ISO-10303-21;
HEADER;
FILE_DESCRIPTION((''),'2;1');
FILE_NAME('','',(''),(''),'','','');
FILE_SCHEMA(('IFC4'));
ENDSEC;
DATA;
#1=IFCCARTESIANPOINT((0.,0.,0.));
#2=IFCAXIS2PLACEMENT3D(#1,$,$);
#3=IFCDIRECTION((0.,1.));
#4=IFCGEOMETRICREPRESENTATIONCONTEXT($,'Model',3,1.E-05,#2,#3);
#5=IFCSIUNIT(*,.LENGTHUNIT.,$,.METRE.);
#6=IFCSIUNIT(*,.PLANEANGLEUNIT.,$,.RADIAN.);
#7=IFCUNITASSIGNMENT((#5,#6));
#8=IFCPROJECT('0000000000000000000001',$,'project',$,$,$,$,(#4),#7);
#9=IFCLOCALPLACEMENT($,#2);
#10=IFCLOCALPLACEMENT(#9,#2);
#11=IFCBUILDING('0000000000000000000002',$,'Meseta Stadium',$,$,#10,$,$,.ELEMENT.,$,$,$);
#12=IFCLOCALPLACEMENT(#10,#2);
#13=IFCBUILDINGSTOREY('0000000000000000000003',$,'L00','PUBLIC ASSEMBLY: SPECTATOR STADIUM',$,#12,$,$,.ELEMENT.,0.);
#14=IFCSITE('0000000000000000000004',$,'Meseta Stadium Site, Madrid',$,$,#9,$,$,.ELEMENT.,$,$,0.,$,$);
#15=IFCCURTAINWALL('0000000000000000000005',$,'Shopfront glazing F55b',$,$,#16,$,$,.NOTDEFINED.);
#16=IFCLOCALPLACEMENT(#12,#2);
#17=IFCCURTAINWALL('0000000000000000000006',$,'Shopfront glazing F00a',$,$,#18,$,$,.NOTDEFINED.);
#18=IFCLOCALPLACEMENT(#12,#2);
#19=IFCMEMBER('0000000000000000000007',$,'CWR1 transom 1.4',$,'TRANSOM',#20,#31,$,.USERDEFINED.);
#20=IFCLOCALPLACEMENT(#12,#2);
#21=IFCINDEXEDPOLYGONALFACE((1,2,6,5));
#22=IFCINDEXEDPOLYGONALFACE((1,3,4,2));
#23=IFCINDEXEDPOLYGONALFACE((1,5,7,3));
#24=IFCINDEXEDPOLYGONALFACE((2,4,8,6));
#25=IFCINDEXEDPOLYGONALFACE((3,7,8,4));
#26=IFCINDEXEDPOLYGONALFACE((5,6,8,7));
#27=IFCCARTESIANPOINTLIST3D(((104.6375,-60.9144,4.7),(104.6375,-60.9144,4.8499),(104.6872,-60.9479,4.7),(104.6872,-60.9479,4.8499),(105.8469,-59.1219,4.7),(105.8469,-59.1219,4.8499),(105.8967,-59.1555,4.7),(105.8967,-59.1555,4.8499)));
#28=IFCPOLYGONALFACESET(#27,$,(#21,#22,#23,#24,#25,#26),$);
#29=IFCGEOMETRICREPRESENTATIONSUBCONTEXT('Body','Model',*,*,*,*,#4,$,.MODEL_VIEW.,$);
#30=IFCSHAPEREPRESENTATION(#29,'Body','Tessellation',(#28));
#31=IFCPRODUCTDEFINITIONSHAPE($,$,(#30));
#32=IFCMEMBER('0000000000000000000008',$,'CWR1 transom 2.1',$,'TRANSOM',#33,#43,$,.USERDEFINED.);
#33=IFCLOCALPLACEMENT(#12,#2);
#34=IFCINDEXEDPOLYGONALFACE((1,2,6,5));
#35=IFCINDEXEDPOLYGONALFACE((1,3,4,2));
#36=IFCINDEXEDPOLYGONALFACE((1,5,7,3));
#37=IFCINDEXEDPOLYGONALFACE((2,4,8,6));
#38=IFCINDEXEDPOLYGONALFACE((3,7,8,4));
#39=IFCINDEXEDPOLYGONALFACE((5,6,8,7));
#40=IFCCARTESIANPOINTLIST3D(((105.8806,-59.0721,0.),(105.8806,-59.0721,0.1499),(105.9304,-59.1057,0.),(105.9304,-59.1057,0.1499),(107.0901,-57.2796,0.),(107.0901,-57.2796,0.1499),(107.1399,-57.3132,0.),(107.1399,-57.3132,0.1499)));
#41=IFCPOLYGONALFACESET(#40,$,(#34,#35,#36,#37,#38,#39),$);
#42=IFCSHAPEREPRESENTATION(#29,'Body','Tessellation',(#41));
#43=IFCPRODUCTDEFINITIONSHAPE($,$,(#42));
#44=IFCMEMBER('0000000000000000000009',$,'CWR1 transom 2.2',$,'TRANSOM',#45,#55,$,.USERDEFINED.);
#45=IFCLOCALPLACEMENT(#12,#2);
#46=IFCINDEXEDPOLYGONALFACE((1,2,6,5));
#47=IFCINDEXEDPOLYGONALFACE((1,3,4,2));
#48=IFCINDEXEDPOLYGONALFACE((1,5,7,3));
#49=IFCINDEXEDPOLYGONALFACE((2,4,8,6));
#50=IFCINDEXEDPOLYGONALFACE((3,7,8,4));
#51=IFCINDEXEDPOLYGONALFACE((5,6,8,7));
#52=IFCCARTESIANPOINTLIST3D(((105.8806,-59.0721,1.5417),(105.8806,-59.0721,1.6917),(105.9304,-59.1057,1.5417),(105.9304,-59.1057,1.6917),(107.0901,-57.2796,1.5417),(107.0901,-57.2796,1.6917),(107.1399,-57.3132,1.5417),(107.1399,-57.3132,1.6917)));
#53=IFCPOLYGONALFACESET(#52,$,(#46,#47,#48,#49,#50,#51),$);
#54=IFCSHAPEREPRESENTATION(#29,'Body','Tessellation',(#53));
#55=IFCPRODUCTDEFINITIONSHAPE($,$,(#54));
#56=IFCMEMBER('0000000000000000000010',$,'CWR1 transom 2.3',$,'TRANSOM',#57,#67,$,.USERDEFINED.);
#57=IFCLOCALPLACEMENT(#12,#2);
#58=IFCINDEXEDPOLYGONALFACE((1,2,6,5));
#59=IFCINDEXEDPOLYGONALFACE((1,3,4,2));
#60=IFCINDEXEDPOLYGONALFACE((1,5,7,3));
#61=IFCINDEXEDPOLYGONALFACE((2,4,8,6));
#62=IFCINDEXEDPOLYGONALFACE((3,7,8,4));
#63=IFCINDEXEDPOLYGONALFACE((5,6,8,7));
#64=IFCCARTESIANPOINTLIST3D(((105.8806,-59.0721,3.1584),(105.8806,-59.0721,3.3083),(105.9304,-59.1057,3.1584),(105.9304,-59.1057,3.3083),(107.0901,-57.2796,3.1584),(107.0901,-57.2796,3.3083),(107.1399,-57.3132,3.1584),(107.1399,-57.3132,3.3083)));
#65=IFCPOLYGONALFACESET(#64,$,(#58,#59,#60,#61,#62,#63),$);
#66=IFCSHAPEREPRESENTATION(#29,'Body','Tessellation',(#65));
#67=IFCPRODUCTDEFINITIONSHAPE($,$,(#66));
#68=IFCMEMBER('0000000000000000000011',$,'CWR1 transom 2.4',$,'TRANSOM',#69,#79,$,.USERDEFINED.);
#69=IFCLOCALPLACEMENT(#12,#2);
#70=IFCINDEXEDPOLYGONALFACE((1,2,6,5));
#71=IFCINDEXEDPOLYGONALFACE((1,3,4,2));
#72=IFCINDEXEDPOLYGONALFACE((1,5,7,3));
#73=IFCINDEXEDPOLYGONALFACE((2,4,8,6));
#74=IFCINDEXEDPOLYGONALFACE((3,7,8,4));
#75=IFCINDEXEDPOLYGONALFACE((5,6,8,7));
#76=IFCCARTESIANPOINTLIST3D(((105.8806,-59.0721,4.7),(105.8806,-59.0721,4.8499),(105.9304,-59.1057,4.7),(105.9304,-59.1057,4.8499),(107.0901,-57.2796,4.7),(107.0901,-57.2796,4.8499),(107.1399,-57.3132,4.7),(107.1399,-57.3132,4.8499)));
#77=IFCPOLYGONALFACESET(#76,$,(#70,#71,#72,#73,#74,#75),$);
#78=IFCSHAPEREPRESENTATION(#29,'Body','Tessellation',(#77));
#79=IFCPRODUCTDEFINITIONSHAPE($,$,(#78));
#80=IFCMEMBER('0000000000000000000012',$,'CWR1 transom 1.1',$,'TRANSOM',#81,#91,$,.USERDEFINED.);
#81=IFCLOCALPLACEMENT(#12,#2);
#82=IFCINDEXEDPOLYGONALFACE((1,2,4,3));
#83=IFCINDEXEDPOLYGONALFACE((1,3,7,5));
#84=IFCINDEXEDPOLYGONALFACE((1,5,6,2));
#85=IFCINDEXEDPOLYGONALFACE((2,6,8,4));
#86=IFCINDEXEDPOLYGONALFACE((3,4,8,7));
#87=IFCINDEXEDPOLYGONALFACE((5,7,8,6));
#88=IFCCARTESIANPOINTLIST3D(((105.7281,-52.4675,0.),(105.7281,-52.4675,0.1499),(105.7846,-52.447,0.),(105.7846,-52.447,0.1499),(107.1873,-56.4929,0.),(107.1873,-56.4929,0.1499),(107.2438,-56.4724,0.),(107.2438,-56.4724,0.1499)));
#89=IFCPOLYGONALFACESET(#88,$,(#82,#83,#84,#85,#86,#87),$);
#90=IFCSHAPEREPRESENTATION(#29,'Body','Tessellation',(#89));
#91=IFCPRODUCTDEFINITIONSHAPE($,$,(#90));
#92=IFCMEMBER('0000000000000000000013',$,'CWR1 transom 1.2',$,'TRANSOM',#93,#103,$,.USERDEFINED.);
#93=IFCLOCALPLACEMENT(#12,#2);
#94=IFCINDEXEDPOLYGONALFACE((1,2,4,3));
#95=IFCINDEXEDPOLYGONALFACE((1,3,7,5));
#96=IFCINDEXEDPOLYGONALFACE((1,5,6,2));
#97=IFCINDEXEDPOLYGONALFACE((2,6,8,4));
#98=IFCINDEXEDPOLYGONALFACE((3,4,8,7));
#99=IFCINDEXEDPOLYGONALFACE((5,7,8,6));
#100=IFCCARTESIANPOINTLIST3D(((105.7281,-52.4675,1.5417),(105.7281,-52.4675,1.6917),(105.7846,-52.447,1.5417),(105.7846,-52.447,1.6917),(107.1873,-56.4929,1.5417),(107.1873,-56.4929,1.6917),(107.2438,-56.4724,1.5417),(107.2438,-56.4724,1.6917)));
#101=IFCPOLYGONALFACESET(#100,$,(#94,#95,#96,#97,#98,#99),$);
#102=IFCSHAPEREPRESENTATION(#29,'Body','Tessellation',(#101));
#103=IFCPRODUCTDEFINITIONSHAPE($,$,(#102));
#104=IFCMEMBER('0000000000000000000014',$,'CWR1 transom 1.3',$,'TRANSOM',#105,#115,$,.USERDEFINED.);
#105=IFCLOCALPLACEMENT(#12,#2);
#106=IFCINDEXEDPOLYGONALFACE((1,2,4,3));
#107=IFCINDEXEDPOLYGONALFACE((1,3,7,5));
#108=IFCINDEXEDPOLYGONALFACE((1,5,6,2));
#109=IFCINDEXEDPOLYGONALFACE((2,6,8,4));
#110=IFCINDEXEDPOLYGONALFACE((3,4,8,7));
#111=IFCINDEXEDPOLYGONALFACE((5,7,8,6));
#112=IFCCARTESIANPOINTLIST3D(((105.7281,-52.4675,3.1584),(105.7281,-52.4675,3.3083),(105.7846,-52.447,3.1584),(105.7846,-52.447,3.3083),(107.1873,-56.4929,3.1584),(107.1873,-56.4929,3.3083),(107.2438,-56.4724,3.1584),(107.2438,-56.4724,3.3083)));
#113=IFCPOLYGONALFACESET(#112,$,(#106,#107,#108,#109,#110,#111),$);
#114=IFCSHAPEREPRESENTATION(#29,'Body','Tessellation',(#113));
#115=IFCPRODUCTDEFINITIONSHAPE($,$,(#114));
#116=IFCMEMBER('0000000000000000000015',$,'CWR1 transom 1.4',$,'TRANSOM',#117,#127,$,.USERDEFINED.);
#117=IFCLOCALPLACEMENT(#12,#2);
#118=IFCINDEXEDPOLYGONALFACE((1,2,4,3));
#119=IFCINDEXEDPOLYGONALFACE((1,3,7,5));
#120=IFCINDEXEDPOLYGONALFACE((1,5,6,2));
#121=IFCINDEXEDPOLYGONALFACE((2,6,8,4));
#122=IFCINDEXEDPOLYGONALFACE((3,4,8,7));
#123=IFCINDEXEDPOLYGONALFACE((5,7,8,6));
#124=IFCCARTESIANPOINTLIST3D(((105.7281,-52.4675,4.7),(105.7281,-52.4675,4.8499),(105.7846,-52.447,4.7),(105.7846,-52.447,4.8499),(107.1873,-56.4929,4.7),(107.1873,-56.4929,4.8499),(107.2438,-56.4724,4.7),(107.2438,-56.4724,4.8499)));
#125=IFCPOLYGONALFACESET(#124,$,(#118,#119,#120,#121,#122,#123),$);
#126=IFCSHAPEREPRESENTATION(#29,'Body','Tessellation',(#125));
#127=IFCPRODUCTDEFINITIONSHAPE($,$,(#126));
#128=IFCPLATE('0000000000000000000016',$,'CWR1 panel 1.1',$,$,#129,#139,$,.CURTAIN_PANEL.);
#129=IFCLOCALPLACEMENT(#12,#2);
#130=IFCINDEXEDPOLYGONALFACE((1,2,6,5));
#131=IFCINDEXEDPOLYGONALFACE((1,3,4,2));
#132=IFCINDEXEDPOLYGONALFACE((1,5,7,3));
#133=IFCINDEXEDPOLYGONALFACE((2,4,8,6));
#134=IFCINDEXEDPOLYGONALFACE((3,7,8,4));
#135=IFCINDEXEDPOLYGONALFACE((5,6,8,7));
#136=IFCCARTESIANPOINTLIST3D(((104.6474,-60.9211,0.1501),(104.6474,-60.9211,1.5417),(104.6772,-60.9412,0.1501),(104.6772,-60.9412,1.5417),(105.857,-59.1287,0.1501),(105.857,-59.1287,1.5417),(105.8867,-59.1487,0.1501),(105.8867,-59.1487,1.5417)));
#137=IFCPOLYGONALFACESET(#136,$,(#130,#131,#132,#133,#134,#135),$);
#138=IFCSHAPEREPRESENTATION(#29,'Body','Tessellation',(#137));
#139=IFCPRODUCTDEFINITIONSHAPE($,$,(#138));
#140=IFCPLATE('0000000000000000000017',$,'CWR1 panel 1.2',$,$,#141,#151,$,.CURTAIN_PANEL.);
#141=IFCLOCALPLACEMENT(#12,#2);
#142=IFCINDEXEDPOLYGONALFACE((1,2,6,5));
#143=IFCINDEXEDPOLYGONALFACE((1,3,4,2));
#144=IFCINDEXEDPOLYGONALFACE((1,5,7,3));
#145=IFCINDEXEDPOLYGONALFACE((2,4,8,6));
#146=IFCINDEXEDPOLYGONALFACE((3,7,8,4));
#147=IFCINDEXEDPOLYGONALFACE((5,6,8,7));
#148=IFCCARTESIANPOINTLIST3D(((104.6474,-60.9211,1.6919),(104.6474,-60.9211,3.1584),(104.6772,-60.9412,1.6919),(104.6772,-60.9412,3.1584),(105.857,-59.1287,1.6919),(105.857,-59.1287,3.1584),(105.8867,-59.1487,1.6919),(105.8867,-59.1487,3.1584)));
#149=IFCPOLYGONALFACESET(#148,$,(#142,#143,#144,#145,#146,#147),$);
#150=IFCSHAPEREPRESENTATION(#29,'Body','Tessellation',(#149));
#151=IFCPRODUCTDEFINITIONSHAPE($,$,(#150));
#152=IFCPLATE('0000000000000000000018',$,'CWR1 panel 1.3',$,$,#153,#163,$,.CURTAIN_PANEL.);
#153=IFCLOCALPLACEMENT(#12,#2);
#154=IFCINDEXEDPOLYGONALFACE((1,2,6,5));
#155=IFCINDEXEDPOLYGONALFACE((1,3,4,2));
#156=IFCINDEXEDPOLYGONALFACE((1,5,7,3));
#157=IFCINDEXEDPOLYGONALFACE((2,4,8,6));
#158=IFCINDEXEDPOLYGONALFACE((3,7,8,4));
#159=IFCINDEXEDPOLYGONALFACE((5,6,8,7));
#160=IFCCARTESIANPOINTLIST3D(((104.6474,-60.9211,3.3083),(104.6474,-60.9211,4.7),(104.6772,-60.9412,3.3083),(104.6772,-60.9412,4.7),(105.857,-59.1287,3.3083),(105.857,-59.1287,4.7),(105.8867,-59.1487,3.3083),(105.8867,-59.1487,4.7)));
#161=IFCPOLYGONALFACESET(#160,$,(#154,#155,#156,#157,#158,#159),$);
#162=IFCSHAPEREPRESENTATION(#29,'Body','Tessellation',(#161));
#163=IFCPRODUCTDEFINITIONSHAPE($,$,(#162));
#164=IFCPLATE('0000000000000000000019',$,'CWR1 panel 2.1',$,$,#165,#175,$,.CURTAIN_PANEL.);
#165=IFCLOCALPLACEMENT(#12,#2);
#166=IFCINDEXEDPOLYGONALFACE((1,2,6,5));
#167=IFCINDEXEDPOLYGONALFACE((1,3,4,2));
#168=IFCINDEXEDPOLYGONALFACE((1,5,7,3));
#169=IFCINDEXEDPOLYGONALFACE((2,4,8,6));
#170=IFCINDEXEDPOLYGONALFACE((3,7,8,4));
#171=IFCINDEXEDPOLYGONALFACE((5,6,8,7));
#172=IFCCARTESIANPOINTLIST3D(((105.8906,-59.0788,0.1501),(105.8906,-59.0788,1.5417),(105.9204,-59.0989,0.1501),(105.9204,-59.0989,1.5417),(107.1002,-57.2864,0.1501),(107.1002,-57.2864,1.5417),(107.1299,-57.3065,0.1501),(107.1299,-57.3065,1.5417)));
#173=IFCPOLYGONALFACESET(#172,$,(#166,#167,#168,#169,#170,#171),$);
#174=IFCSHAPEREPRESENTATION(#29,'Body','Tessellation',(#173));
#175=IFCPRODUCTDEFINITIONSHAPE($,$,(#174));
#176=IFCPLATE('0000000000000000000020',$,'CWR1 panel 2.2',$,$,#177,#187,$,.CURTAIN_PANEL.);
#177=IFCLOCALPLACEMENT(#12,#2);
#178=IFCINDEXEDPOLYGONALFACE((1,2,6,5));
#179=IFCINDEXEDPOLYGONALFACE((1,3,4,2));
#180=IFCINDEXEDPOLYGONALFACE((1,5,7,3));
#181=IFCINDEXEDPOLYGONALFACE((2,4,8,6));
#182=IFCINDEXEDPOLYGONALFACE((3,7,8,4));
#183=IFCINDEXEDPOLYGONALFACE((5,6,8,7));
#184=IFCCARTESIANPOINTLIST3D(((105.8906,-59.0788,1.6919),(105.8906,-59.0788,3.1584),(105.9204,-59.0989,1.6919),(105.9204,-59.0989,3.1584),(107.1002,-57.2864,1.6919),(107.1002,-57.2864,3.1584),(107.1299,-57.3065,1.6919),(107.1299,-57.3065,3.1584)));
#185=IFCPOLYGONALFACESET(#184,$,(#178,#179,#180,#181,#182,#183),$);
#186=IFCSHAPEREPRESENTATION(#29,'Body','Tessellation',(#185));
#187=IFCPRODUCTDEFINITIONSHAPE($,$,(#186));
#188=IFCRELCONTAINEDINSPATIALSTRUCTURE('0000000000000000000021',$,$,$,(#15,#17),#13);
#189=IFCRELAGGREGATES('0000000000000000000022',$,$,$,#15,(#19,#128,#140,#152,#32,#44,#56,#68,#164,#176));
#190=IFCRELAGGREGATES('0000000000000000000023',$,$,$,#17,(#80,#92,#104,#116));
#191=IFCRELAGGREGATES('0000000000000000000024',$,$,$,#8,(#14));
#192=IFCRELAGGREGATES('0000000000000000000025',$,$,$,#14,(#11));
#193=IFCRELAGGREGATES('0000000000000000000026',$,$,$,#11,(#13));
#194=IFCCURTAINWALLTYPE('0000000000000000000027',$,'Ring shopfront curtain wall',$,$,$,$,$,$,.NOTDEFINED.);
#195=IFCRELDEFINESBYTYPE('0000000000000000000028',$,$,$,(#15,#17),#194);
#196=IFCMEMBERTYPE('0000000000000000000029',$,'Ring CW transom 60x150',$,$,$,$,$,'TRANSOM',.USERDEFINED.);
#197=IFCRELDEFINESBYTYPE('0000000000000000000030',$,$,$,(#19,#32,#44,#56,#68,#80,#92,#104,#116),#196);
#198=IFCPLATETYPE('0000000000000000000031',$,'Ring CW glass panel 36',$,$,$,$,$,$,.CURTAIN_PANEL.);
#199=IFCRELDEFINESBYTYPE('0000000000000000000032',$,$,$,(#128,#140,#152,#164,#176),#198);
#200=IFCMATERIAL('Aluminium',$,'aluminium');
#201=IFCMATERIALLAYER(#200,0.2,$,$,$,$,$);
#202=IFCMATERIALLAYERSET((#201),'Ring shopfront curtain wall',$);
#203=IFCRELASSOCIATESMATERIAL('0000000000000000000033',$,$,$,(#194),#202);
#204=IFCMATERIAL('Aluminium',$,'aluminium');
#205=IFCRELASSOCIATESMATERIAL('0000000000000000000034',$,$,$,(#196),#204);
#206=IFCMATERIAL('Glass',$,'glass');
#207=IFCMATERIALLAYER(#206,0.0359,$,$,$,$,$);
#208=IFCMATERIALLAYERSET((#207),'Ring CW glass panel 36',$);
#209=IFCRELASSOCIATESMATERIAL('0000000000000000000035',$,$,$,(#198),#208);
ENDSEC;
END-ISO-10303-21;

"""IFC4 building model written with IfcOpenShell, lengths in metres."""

from ifc_helpers import new_model, si_unit, direction, frame, origin, origin_2d, place, context, subcontext, project, spatial, rectangle, extrude, material, layer, layer_set, material_profile, profile_set, type_object, element, aggregate, save


model = new_model("IFC4")

# Units and contexts
model_context = context("Model", 3, precision=1e-05, world=origin(), true_north=direction((0.0, 1.0)))
body_context = subcontext(model_context, "Body", "Model", "MODEL_VIEW")
ifc_project = project(units=[si_unit("LENGTHUNIT", "METRE"), si_unit("PLANEANGLEUNIT", "RADIAN")], contexts=[model_context])

# Site, building, storey
site_placement = place(None, origin())
site = spatial("IfcSite", under=ifc_project, at=site_placement, Name="Meseta Stadium Site, Madrid", CompositionType="ELEMENT", RefElevation=0.0)
building_placement = place(site_placement, origin())
building = spatial("IfcBuilding", under=site, at=building_placement, Name="Meseta Stadium", CompositionType="ELEMENT")
storey_placement = place(building_placement, origin())
storey = spatial("IfcBuildingStorey", under=building, at=storey_placement, Name="L00", Description="PUBLIC ASSEMBLY: SPECTATOR STADIUM", CompositionType="ELEMENT", Elevation=0.0)

# Curtain walls
ifc_material_1 = material(Name="Aluminium", Category="aluminium")
ifc_layer_1 = layer(ifc_material_1, 0.2)
ifc_layer_set_1 = layer_set([ifc_layer_1], Name="Ring shopfront curtain wall")
curtain_wall_type = type_object("IfcCurtainWallType", Name="Ring shopfront curtain wall", PredefinedType="NOTDEFINED", material=ifc_layer_set_1)
curtain_wall_1_placement = place(storey_placement, origin())
curtain_wall_1 = element("IfcCurtainWall", 1, at=curtain_wall_1_placement, inside=storey, type_object=curtain_wall_type, Name="Shopfront glazing F55b", PredefinedType="NOTDEFINED")
curtain_wall_2_placement = place(storey_placement, origin())
curtain_wall_2 = element("IfcCurtainWall", 2, at=curtain_wall_2_placement, inside=storey, type_object=curtain_wall_type, Name="Shopfront glazing F00a", PredefinedType="NOTDEFINED")

# Members
ifc_material_2 = material(Name="Aluminium", Category="aluminium")
ifc_material_profile_1 = material_profile(ifc_material_2, rectangle(XDim=0.0601, YDim=0.1499, at=origin_2d()), Name="CW 60x150")
ifc_profile_set_1 = profile_set([ifc_material_profile_1], Name="Aluminium")
member_type_1 = type_object("IfcMemberType", Name="Ring CW transom 60x150", ElementType="TRANSOM", PredefinedType="USERDEFINED", material=ifc_profile_set_1)
member_1_placement = place(storey_placement, frame((104.6624, -60.9312, 4.7749), z_axis=(0.559329, 0.828946, 0.0), x_axis=(-0.828946, 0.559329, 0.0)))
member_1 = element("IfcMember", 3, at=member_1_placement, type_object=member_type_1, Name="CWR1 transom 1.4", ObjectType="TRANSOM", PredefinedType="USERDEFINED", context=body_context, shape_type="SweptSolid", body=[
    extrude(rectangle(XDim=0.0601, YDim=0.1499, at=origin_2d()), origin(), (0.0, 0.0, 1.0), 2.1624),
])
member_2_placement = place(storey_placement, frame((105.9055, -59.0889, 0.075), z_axis=(0.559329, 0.828946, 0.0), x_axis=(-0.828946, 0.559329, 0.0)))
member_2 = element("IfcMember", 4, at=member_2_placement, type_object=member_type_1, Name="CWR1 transom 2.1", ObjectType="TRANSOM", PredefinedType="USERDEFINED", context=body_context, shape_type="SweptSolid", body=[
    extrude(rectangle(XDim=0.0601, YDim=0.1499, at=origin_2d()), origin(), (0.0, 0.0, 1.0), 2.1624),
])
member_3_placement = place(storey_placement, frame((105.9055, -59.0889, 1.6167), z_axis=(0.559329, 0.828946, 0.0), x_axis=(-0.828946, 0.559329, 0.0)))
member_3 = element("IfcMember", 5, at=member_3_placement, type_object=member_type_1, Name="CWR1 transom 2.2", ObjectType="TRANSOM", PredefinedType="USERDEFINED", context=body_context, shape_type="SweptSolid", body=[
    extrude(rectangle(XDim=0.0601, YDim=0.1499, at=origin_2d()), origin(), (0.0, 0.0, 1.0), 2.1624),
])
member_4_placement = place(storey_placement, frame((105.9055, -59.0889, 3.2334), z_axis=(0.559329, 0.828946, 0.0), x_axis=(-0.828946, 0.559329, 0.0)))
member_4 = element("IfcMember", 6, at=member_4_placement, type_object=member_type_1, Name="CWR1 transom 2.3", ObjectType="TRANSOM", PredefinedType="USERDEFINED", context=body_context, shape_type="SweptSolid", body=[
    extrude(rectangle(XDim=0.0601, YDim=0.1499, at=origin_2d()), origin(), (0.0, 0.0, 1.0), 2.1624),
])
member_5_placement = place(storey_placement, frame((105.9055, -59.0889, 4.7749), z_axis=(0.559329, 0.828946, 0.0), x_axis=(-0.828946, 0.559329, 0.0)))
member_5 = element("IfcMember", 7, at=member_5_placement, type_object=member_type_1, Name="CWR1 transom 2.4", ObjectType="TRANSOM", PredefinedType="USERDEFINED", context=body_context, shape_type="SweptSolid", body=[
    extrude(rectangle(XDim=0.0601, YDim=0.1499, at=origin_2d()), origin(), (0.0, 0.0, 1.0), 2.1624),
])
member_6_placement = place(storey_placement, frame((107.2156, -56.4827, 0.075), z_axis=(-0.340804, 0.940134, 0.0), x_axis=(-0.940134, -0.340804, 0.0)))
member_6 = element("IfcMember", 8, at=member_6_placement, type_object=member_type_1, Name="CWR1 transom 1.1", ObjectType="TRANSOM", PredefinedType="USERDEFINED", context=body_context, shape_type="SweptSolid", body=[
    extrude(rectangle(XDim=0.0601, YDim=0.1499, at=origin_2d()), origin(), (0.0, 0.0, 1.0), 4.2817),
])
member_7_placement = place(storey_placement, frame((107.2156, -56.4827, 1.6167), z_axis=(-0.340804, 0.940134, 0.0), x_axis=(-0.940134, -0.340804, 0.0)))
member_7 = element("IfcMember", 9, at=member_7_placement, type_object=member_type_1, Name="CWR1 transom 1.2", ObjectType="TRANSOM", PredefinedType="USERDEFINED", context=body_context, shape_type="SweptSolid", body=[
    extrude(rectangle(XDim=0.0601, YDim=0.1499, at=origin_2d()), origin(), (0.0, 0.0, 1.0), 4.2817),
])
member_8_placement = place(storey_placement, frame((107.2156, -56.4827, 3.2334), z_axis=(-0.340804, 0.940134, 0.0), x_axis=(-0.940134, -0.340804, 0.0)))
member_8 = element("IfcMember", 10, at=member_8_placement, type_object=member_type_1, Name="CWR1 transom 1.3", ObjectType="TRANSOM", PredefinedType="USERDEFINED", context=body_context, shape_type="SweptSolid", body=[
    extrude(rectangle(XDim=0.0601, YDim=0.1499, at=origin_2d()), origin(), (0.0, 0.0, 1.0), 4.2817),
])
member_9_placement = place(storey_placement, frame((107.2156, -56.4827, 4.7749), z_axis=(-0.340804, 0.940134, 0.0), x_axis=(-0.940134, -0.340804, 0.0)))
member_9 = element("IfcMember", 11, at=member_9_placement, type_object=member_type_1, Name="CWR1 transom 1.4", ObjectType="TRANSOM", PredefinedType="USERDEFINED", context=body_context, shape_type="SweptSolid", body=[
    extrude(rectangle(XDim=0.0601, YDim=0.1499, at=origin_2d()), origin(), (0.0, 0.0, 1.0), 4.2817),
])

# Plates
ifc_material_3 = material(Name="Glass", Category="glass")
ifc_layer_2 = layer(ifc_material_3, 0.0359)
ifc_layer_set_2 = layer_set([ifc_layer_2], Name="Ring CW glass panel 36")
plate_type = type_object("IfcPlateType", Name="Ring CW glass panel 36", PredefinedType="CURTAIN_PANEL", material=ifc_layer_set_2)
plate_1_placement = place(storey_placement, frame((105.2671, -60.0349, 0.1501), z_axis=(0.0, 0.0, 1.0), x_axis=(0.559368, 0.828919, 0.0)))
plate_1 = element("IfcPlate", 12, at=plate_1_placement, type_object=plate_type, Name="CWR1 panel 1.1", PredefinedType="CURTAIN_PANEL", context=body_context, shape_type="SweptSolid", body=[
    extrude(rectangle(XDim=2.1624, YDim=0.0359, at=origin_2d()), origin(), (0.0, 0.0, 1.0), 1.3916),
])
plate_2_placement = place(storey_placement, frame((105.2671, -60.0349, 1.6919), z_axis=(0.0, 0.0, 1.0), x_axis=(0.559368, 0.828919, 0.0)))
plate_2 = element("IfcPlate", 13, at=plate_2_placement, type_object=plate_type, Name="CWR1 panel 1.2", PredefinedType="CURTAIN_PANEL", context=body_context, shape_type="SweptSolid", body=[
    extrude(rectangle(XDim=2.1624, YDim=0.0359, at=origin_2d()), origin(), (0.0, 0.0, 1.0), 1.4666),
])
plate_3_placement = place(storey_placement, frame((105.2671, -60.0349, 3.3083), z_axis=(0.0, 0.0, 1.0), x_axis=(0.559368, 0.828919, 0.0)))
plate_3 = element("IfcPlate", 14, at=plate_3_placement, type_object=plate_type, Name="CWR1 panel 1.3", PredefinedType="CURTAIN_PANEL", context=body_context, shape_type="SweptSolid", body=[
    extrude(rectangle(XDim=2.1624, YDim=0.0359, at=origin_2d()), origin(), (0.0, 0.0, 1.0), 1.3916),
])
plate_4_placement = place(storey_placement, frame((106.5103, -58.1926, 0.1501), z_axis=(0.0, 0.0, 1.0), x_axis=(0.559368, 0.828919, 0.0)))
plate_4 = element("IfcPlate", 15, at=plate_4_placement, type_object=plate_type, Name="CWR1 panel 2.1", PredefinedType="CURTAIN_PANEL", context=body_context, shape_type="SweptSolid", body=[
    extrude(rectangle(XDim=2.1624, YDim=0.0359, at=origin_2d()), origin(), (0.0, 0.0, 1.0), 1.3916),
])
plate_5_placement = place(storey_placement, frame((106.5103, -58.1926, 1.6919), z_axis=(0.0, 0.0, 1.0), x_axis=(0.559368, 0.828919, 0.0)))
plate_5 = element("IfcPlate", 16, at=plate_5_placement, type_object=plate_type, Name="CWR1 panel 2.2", PredefinedType="CURTAIN_PANEL", context=body_context, shape_type="SweptSolid", body=[
    extrude(rectangle(XDim=2.1624, YDim=0.0359, at=origin_2d()), origin(), (0.0, 0.0, 1.0), 1.4666),
])
aggregate(curtain_wall_1, [member_1, plate_1, plate_2, plate_3, member_2, member_3, member_4, member_5, plate_4, plate_5])
aggregate(curtain_wall_2, [member_6, member_7, member_8, member_9])

save(model, "model.ifc")
